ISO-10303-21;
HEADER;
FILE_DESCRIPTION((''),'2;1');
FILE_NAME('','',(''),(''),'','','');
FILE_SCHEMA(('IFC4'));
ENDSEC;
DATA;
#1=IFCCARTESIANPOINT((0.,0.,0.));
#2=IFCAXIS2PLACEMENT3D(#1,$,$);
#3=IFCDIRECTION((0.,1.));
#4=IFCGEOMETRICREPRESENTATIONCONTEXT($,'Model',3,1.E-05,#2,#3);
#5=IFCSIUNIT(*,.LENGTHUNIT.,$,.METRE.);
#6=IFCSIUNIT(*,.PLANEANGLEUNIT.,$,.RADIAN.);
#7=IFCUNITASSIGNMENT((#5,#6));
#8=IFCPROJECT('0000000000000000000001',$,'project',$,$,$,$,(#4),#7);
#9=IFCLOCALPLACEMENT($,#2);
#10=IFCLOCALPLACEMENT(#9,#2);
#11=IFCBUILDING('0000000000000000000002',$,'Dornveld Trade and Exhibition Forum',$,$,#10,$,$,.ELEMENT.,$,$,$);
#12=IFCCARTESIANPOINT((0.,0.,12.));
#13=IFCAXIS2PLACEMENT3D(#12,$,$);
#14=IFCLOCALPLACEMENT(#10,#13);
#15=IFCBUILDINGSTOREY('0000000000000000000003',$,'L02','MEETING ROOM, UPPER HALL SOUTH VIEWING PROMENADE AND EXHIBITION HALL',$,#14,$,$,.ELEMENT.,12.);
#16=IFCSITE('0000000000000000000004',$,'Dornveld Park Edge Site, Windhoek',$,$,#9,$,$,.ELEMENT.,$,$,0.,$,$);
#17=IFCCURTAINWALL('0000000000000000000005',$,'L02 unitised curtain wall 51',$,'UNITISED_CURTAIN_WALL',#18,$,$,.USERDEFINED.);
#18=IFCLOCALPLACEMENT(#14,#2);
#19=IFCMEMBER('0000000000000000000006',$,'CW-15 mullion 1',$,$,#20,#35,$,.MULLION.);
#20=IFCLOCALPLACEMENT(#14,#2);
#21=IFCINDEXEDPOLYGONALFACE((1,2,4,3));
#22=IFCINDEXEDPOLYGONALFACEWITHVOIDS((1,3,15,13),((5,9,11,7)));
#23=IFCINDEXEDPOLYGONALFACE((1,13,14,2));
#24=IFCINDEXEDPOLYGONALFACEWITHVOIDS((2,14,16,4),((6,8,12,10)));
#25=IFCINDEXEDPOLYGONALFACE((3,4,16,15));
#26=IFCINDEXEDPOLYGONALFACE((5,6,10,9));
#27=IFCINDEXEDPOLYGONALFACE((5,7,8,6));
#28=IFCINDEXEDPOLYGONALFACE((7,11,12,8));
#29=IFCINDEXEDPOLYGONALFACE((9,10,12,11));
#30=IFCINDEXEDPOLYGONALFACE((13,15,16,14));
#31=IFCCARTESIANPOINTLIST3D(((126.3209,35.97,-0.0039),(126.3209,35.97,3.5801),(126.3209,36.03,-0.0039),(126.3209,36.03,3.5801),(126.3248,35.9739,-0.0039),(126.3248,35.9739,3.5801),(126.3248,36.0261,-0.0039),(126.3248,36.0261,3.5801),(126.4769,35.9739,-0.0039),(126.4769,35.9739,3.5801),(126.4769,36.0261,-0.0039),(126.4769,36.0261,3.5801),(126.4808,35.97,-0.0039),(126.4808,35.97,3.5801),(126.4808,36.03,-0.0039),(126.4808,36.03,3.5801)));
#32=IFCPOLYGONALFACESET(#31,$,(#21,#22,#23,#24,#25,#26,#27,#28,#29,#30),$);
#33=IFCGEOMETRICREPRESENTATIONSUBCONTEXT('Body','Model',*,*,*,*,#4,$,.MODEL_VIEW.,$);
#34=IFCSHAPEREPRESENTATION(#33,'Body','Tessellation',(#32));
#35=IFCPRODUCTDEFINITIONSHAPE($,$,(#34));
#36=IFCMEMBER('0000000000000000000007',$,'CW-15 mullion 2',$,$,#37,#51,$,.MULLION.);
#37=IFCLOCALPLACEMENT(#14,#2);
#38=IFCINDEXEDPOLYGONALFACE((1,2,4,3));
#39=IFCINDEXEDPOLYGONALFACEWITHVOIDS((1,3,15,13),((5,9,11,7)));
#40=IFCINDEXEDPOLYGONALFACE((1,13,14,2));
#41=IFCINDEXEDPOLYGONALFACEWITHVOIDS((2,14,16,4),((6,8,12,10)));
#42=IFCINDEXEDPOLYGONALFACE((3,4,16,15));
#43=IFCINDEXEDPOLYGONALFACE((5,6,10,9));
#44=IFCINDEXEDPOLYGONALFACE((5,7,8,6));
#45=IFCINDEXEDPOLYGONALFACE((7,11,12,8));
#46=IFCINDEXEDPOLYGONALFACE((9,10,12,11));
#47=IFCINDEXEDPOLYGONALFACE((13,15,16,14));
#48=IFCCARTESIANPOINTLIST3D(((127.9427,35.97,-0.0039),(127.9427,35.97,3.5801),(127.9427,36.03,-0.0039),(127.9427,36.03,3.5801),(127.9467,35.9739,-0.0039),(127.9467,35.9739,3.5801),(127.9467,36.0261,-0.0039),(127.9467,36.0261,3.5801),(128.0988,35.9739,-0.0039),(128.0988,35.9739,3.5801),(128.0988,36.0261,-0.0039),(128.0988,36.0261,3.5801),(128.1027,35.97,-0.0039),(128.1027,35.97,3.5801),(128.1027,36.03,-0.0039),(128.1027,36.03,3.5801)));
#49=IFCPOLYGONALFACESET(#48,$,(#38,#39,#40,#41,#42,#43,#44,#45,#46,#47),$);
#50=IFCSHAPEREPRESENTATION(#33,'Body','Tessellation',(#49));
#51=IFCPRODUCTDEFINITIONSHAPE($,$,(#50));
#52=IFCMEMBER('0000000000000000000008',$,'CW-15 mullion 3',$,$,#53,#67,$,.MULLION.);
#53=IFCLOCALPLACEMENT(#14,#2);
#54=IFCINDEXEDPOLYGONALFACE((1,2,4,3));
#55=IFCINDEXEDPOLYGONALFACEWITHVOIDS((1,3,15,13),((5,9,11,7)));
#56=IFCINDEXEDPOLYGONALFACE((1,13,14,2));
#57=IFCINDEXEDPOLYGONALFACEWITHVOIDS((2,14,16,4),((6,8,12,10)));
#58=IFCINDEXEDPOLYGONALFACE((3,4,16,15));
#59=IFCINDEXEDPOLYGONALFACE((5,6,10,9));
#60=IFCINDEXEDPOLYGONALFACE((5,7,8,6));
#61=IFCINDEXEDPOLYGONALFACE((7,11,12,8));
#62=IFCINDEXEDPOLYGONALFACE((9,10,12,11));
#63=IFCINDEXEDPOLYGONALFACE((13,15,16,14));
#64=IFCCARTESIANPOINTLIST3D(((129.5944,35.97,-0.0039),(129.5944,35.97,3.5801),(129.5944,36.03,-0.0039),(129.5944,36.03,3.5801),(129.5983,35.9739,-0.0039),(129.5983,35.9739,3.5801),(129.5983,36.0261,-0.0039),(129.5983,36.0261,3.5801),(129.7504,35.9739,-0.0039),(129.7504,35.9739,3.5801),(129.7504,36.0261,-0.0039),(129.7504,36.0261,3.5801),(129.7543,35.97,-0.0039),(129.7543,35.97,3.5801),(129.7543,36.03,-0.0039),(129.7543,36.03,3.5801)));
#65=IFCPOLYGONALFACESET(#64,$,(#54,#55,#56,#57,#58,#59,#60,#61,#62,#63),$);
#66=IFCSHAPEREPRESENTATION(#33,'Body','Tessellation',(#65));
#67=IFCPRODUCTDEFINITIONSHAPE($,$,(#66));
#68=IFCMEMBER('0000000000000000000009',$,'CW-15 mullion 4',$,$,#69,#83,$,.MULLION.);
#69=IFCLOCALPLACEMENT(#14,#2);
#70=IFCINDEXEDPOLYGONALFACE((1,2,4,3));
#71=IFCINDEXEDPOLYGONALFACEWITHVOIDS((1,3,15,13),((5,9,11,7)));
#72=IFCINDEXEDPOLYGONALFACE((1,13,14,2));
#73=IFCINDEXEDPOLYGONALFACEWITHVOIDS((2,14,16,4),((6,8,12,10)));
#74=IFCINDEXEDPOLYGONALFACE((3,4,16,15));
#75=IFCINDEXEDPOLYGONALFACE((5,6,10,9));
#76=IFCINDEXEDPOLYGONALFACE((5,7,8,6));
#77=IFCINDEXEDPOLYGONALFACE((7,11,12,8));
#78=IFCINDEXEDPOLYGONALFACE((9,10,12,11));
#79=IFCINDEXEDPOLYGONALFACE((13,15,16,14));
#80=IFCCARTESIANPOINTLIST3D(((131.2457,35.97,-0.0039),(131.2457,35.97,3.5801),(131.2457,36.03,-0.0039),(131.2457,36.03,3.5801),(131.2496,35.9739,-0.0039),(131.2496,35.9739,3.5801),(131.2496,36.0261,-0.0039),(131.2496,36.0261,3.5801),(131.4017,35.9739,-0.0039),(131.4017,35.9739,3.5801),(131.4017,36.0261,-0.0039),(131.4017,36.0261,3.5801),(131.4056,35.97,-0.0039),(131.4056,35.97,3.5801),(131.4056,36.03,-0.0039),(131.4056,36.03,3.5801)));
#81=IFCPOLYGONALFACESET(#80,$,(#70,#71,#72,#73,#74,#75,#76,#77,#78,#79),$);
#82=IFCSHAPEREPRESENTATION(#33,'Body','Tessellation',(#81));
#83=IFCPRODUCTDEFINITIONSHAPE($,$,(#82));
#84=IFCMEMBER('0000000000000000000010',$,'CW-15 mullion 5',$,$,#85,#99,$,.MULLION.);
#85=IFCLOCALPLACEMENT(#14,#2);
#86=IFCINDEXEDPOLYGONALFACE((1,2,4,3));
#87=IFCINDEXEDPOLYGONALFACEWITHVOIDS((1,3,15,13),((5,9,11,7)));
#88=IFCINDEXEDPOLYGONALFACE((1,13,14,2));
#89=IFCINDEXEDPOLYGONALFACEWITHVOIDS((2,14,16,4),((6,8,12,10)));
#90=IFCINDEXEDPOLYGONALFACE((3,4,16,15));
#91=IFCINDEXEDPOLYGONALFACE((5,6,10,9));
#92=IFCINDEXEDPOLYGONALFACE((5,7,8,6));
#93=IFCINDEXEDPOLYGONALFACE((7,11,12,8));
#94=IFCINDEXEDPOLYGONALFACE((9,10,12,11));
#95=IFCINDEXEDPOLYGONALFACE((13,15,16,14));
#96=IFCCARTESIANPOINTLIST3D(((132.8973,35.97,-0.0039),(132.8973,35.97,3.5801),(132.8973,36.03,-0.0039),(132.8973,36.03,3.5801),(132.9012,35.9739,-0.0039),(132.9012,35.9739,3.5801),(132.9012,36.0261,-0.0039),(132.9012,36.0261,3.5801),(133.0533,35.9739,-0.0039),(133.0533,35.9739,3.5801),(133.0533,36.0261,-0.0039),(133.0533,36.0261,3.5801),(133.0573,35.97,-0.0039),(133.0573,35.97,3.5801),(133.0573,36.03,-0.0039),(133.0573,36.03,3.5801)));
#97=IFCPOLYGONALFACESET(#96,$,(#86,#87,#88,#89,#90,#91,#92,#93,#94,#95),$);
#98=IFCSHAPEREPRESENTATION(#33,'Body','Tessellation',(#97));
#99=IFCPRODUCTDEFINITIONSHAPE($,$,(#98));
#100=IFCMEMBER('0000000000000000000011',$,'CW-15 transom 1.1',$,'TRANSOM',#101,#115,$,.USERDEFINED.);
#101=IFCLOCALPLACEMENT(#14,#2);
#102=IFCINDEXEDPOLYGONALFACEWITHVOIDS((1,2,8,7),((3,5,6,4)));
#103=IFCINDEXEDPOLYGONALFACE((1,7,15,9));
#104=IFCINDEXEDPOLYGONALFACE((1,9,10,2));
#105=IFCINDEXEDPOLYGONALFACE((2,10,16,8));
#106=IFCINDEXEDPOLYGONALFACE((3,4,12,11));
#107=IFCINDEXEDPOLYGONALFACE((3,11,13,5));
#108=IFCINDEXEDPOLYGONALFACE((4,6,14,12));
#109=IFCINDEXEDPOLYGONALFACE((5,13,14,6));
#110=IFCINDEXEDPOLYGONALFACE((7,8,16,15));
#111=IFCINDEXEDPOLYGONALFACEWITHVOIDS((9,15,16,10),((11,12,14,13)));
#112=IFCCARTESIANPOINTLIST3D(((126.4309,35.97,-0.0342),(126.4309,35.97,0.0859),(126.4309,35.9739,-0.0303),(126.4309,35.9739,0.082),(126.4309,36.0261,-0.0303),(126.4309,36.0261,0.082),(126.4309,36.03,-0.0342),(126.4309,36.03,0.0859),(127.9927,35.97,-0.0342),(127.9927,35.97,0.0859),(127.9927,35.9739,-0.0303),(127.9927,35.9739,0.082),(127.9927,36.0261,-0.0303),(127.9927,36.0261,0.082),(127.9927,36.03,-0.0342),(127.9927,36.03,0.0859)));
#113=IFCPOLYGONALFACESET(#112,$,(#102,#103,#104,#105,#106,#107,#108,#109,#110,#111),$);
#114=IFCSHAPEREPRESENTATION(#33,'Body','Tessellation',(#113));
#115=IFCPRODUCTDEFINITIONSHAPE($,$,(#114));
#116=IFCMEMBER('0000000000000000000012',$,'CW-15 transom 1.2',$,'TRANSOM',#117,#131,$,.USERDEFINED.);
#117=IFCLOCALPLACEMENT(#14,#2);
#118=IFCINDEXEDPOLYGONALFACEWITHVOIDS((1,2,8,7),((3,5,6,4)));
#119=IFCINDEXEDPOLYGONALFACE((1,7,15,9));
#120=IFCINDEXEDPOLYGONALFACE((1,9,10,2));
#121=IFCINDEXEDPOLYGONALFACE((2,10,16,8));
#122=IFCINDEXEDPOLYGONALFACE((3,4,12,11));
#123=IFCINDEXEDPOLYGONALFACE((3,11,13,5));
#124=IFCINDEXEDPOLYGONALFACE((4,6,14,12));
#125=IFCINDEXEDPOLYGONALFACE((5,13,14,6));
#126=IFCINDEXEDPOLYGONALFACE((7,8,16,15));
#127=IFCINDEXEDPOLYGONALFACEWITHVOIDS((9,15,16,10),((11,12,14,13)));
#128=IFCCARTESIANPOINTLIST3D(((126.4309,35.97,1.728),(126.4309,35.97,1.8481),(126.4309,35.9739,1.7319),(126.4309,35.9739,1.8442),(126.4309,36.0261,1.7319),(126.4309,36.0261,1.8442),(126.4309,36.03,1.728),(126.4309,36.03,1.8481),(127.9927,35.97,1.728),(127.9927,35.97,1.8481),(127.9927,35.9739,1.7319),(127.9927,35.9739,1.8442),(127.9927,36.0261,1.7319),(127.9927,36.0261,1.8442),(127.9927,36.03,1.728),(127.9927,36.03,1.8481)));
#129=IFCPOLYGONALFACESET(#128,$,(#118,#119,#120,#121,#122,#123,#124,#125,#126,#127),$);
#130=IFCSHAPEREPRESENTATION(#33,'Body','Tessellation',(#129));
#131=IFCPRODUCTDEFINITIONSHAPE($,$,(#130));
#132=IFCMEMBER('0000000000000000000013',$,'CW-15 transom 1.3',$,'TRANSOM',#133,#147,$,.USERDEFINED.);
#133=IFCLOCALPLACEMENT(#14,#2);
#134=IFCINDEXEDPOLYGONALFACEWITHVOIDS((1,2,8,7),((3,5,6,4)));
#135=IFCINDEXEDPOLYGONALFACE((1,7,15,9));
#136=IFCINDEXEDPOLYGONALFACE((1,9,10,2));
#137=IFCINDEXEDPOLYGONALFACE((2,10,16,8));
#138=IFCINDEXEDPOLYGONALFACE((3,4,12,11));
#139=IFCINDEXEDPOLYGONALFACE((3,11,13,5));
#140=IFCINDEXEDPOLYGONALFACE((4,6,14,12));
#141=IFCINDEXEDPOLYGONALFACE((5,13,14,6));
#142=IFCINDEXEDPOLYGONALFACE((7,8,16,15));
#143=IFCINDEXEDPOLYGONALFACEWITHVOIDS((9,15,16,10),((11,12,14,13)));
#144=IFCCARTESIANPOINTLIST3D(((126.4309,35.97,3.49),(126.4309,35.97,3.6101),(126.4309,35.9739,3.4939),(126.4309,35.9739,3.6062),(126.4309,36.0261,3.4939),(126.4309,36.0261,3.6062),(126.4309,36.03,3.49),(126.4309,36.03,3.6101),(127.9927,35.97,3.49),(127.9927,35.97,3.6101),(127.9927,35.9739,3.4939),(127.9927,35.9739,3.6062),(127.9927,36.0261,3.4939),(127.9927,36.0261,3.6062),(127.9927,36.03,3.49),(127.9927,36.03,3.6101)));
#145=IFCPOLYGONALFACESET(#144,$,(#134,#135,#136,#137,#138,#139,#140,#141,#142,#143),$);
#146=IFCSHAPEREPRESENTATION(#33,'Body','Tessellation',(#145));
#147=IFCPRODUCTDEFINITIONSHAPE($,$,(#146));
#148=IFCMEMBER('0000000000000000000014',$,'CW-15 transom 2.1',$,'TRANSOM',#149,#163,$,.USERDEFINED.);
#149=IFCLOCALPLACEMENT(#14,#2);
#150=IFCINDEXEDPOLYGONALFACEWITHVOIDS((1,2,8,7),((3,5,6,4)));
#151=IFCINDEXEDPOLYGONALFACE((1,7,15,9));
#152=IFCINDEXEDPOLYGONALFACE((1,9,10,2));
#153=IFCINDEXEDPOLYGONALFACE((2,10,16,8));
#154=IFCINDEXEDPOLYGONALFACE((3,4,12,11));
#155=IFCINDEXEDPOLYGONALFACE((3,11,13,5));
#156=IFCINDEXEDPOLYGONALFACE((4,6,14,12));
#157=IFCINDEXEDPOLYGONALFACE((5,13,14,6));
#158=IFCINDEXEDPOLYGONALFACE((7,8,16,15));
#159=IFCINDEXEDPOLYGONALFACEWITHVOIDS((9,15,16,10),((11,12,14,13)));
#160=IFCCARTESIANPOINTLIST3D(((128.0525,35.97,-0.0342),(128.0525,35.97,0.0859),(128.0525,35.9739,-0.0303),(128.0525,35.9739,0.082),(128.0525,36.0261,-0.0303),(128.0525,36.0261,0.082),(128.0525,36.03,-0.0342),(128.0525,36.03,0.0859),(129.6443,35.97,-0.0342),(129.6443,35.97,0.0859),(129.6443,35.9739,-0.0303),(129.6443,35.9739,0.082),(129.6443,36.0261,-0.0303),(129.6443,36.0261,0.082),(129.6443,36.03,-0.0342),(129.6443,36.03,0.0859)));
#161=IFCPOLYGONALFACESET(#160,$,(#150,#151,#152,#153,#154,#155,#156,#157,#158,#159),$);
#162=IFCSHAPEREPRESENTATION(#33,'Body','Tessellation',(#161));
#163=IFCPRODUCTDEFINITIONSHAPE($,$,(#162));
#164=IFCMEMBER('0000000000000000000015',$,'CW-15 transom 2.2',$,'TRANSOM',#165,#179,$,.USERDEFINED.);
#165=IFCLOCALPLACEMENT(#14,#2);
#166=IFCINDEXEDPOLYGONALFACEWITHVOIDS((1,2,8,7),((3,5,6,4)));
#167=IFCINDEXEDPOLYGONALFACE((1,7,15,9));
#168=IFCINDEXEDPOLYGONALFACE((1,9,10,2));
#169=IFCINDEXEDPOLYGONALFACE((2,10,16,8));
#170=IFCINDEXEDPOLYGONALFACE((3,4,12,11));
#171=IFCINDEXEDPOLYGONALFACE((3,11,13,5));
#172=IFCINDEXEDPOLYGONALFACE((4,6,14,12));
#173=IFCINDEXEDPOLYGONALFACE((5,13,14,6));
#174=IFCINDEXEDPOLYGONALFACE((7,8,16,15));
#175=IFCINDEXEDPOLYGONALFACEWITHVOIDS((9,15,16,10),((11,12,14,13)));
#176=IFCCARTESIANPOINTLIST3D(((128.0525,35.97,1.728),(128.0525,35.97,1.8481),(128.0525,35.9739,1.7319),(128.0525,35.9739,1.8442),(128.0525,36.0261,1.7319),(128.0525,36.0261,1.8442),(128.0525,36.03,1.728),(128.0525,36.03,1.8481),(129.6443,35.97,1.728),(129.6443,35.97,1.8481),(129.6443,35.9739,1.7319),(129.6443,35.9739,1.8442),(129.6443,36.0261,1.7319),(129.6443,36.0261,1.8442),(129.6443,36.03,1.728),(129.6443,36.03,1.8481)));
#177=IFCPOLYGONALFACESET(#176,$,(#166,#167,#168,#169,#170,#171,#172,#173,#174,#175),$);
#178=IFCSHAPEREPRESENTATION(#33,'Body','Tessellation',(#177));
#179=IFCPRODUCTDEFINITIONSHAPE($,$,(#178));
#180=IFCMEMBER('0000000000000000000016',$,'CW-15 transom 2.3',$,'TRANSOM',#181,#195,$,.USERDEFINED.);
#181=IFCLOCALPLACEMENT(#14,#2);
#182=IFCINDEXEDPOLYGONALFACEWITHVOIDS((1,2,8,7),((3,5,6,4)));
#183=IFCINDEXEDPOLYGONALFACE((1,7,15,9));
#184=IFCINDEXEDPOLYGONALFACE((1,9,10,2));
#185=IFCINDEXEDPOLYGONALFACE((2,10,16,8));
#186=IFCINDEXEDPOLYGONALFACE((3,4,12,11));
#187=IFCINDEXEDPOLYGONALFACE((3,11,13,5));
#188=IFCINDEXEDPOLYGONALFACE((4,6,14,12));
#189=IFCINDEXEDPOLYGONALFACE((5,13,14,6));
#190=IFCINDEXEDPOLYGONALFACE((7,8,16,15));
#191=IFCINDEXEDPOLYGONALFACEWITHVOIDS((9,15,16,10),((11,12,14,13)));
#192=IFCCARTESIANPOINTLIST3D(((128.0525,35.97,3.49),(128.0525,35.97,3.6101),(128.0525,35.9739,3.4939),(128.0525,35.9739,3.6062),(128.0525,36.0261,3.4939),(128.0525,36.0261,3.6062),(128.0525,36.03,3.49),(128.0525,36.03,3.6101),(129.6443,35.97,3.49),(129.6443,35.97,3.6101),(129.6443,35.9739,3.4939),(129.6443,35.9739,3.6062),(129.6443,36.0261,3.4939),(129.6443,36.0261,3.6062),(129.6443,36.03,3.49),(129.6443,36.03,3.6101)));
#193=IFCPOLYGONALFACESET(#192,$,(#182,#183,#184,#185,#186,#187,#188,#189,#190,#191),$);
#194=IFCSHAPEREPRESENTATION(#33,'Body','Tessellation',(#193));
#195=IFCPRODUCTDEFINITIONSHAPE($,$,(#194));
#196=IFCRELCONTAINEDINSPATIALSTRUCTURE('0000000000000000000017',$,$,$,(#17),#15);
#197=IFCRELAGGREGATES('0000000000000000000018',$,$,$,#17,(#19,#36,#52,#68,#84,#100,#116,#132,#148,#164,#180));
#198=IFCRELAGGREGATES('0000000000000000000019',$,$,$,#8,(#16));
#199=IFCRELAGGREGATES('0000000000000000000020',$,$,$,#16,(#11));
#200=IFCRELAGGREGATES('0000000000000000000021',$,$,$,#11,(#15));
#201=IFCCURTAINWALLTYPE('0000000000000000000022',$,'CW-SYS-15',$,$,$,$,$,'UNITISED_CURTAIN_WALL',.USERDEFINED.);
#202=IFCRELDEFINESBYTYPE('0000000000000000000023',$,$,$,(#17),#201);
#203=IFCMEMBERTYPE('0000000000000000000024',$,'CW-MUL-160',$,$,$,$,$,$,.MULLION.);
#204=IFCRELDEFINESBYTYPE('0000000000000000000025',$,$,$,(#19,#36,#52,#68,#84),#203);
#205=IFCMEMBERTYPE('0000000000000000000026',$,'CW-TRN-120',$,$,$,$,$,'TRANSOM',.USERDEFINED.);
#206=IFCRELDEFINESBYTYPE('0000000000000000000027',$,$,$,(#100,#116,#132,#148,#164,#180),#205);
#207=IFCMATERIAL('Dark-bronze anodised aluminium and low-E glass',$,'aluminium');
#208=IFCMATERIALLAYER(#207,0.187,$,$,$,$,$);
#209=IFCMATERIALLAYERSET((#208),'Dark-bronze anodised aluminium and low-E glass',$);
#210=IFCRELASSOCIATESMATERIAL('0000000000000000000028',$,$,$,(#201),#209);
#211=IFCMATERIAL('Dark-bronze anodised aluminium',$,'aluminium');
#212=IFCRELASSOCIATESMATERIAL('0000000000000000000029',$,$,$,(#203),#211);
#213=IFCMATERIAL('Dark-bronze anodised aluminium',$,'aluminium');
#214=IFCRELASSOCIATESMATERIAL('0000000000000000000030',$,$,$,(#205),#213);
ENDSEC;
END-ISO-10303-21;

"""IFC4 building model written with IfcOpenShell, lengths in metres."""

from ifc_helpers import new_model, si_unit, direction, frame, origin, origin_2d, place, context, subcontext, project, spatial, hollow_rectangle, extrude, material, layer, layer_set, material_profile, profile_set, type_object, element, aggregate, save


model = new_model("IFC4")

# Units and contexts
model_context = context("Model", 3, precision=1e-05, world=origin(), true_north=direction((0.0, 1.0)))
body_context = subcontext(model_context, "Body", "Model", "MODEL_VIEW")
ifc_project = project(units=[si_unit("LENGTHUNIT", "METRE"), si_unit("PLANEANGLEUNIT", "RADIAN")], contexts=[model_context])

# Site, building, storey
site_placement = place(None, origin())
site = spatial("IfcSite", under=ifc_project, at=site_placement, Name="Dornveld Park Edge Site, Windhoek", CompositionType="ELEMENT", RefElevation=0.0)
building_placement = place(site_placement, origin())
building = spatial("IfcBuilding", under=site, at=building_placement, Name="Dornveld Trade and Exhibition Forum", CompositionType="ELEMENT")
storey_placement = place(building_placement, frame((0.0, 0.0, 12.0)))
storey = spatial("IfcBuildingStorey", under=building, at=storey_placement, Name="L02", Description="MEETING ROOM, UPPER HALL SOUTH VIEWING PROMENADE AND EXHIBITION HALL", CompositionType="ELEMENT", Elevation=12.0)

# Curtain wall, members
ifc_material_1 = material(Name="Dark-bronze anodised aluminium and low-E glass", Category="aluminium")
ifc_layer_1 = layer(ifc_material_1, 0.187)
ifc_layer_set_1 = layer_set([ifc_layer_1], Name="Dark-bronze anodised aluminium and low-E glass")
curtain_wall_type = type_object("IfcCurtainWallType", Name="CW-SYS-15", ElementType="UNITISED_CURTAIN_WALL", PredefinedType="USERDEFINED", material=ifc_layer_set_1)
curtain_wall_placement = place(storey_placement, origin())
curtain_wall = element("IfcCurtainWall", 1, at=curtain_wall_placement, inside=storey, type_object=curtain_wall_type, Name="L02 unitised curtain wall 51", ObjectType="UNITISED_CURTAIN_WALL", PredefinedType="USERDEFINED")
ifc_material_2 = material(Name="Dark-bronze anodised aluminium", Category="aluminium")
ifc_material_profile_1 = material_profile(ifc_material_2, hollow_rectangle(XDim=0.0601, YDim=0.1599, WallThickness=0.0039, at=origin_2d()), Name="RHS 160x60x4")
ifc_profile_set_1 = profile_set([ifc_material_profile_1], Name="Dark-bronze anodised aluminium")
member_type_1 = type_object("IfcMemberType", Name="CW-MUL-160", PredefinedType="MULLION", material=ifc_profile_set_1)
member_1_placement = place(storey_placement, frame((126.4009, 36.0, -0.0039), z_axis=(0.0, 0.0, 1.0), x_axis=(0.0, 1.0, 0.0)))
member_1 = element("IfcMember", 2, at=member_1_placement, type_object=member_type_1, Name="CW-15 mullion 1", PredefinedType="MULLION", context=body_context, shape_type="SweptSolid", body=[
    extrude(hollow_rectangle(XDim=0.0601, YDim=0.1599, WallThickness=0.0039, at=origin_2d()), origin(), (0.0, 0.0, 1.0), 3.584),
])
member_2_placement = place(storey_placement, frame((128.0227, 36.0, -0.0039), z_axis=(0.0, 0.0, 1.0), x_axis=(0.0, 1.0, 0.0)))
member_2 = element("IfcMember", 3, at=member_2_placement, type_object=member_type_1, Name="CW-15 mullion 2", PredefinedType="MULLION", context=body_context, shape_type="SweptSolid", body=[
    extrude(hollow_rectangle(XDim=0.0601, YDim=0.1599, WallThickness=0.0039, at=origin_2d()), origin(), (0.0, 0.0, 1.0), 3.584),
])
member_3_placement = place(storey_placement, frame((129.6743, 36.0, -0.0039), z_axis=(0.0, 0.0, 1.0), x_axis=(0.0, 1.0, 0.0)))
member_3 = element("IfcMember", 4, at=member_3_placement, type_object=member_type_1, Name="CW-15 mullion 3", PredefinedType="MULLION", context=body_context, shape_type="SweptSolid", body=[
    extrude(hollow_rectangle(XDim=0.0601, YDim=0.1599, WallThickness=0.0039, at=origin_2d()), origin(), (0.0, 0.0, 1.0), 3.584),
])
member_4_placement = place(storey_placement, frame((131.3257, 36.0, -0.0039), z_axis=(0.0, 0.0, 1.0), x_axis=(0.0, 1.0, 0.0)))
member_4 = element("IfcMember", 5, at=member_4_placement, type_object=member_type_1, Name="CW-15 mullion 4", PredefinedType="MULLION", context=body_context, shape_type="SweptSolid", body=[
    extrude(hollow_rectangle(XDim=0.0601, YDim=0.1599, WallThickness=0.0039, at=origin_2d()), origin(), (0.0, 0.0, 1.0), 3.584),
])
member_5_placement = place(storey_placement, frame((132.9773, 36.0, -0.0039), z_axis=(0.0, 0.0, 1.0), x_axis=(0.0, 1.0, 0.0)))
member_5 = element("IfcMember", 6, at=member_5_placement, type_object=member_type_1, Name="CW-15 mullion 5", PredefinedType="MULLION", context=body_context, shape_type="SweptSolid", body=[
    extrude(hollow_rectangle(XDim=0.0601, YDim=0.1599, WallThickness=0.0039, at=origin_2d()), origin(), (0.0, 0.0, 1.0), 3.584),
])
ifc_material_3 = material(Name="Dark-bronze anodised aluminium", Category="aluminium")
ifc_material_profile_2 = material_profile(ifc_material_3, hollow_rectangle(XDim=0.0601, YDim=0.1201, WallThickness=0.0039, at=origin_2d()), Name="RHS 120x60x4")
ifc_profile_set_2 = profile_set([ifc_material_profile_2], Name="Dark-bronze anodised aluminium")
member_type_2 = type_object("IfcMemberType", Name="CW-TRN-120", ElementType="TRANSOM", PredefinedType="USERDEFINED", material=ifc_profile_set_2)
member_6_placement = place(storey_placement, frame((126.4309, 36.0, 0.0259), z_axis=(1.0, 0.0, 0.0), x_axis=(0.0, 1.0, 0.0)))
member_6 = element("IfcMember", 7, at=member_6_placement, type_object=member_type_2, Name="CW-15 transom 1.1", ObjectType="TRANSOM", PredefinedType="USERDEFINED", context=body_context, shape_type="SweptSolid", body=[
    extrude(hollow_rectangle(XDim=0.0601, YDim=0.1201, WallThickness=0.0039, at=origin_2d()), origin(), (0.0, 0.0, 1.0), 1.5618),
])
member_7_placement = place(storey_placement, frame((126.4309, 36.0, 1.7881), z_axis=(1.0, 0.0, 0.0), x_axis=(0.0, 1.0, 0.0)))
member_7 = element("IfcMember", 8, at=member_7_placement, type_object=member_type_2, Name="CW-15 transom 1.2", ObjectType="TRANSOM", PredefinedType="USERDEFINED", context=body_context, shape_type="SweptSolid", body=[
    extrude(hollow_rectangle(XDim=0.0601, YDim=0.1201, WallThickness=0.0039, at=origin_2d()), origin(), (0.0, 0.0, 1.0), 1.5618),
])
member_8_placement = place(storey_placement, frame((126.4309, 36.0, 3.55), z_axis=(1.0, 0.0, 0.0), x_axis=(0.0, 1.0, 0.0)))
member_8 = element("IfcMember", 9, at=member_8_placement, type_object=member_type_2, Name="CW-15 transom 1.3", ObjectType="TRANSOM", PredefinedType="USERDEFINED", context=body_context, shape_type="SweptSolid", body=[
    extrude(hollow_rectangle(XDim=0.0601, YDim=0.1201, WallThickness=0.0039, at=origin_2d()), origin(), (0.0, 0.0, 1.0), 1.5618),
])
member_9_placement = place(storey_placement, frame((128.0525, 36.0, 0.0259), z_axis=(1.0, 0.0, 0.0), x_axis=(0.0, 1.0, 0.0)))
member_9 = element("IfcMember", 10, at=member_9_placement, type_object=member_type_2, Name="CW-15 transom 2.1", ObjectType="TRANSOM", PredefinedType="USERDEFINED", context=body_context, shape_type="SweptSolid", body=[
    extrude(hollow_rectangle(XDim=0.0601, YDim=0.1201, WallThickness=0.0039, at=origin_2d()), origin(), (0.0, 0.0, 1.0), 1.5918),
])
member_10_placement = place(storey_placement, frame((128.0525, 36.0, 1.7881), z_axis=(1.0, 0.0, 0.0), x_axis=(0.0, 1.0, 0.0)))
member_10 = element("IfcMember", 11, at=member_10_placement, type_object=member_type_2, Name="CW-15 transom 2.2", ObjectType="TRANSOM", PredefinedType="USERDEFINED", context=body_context, shape_type="SweptSolid", body=[
    extrude(hollow_rectangle(XDim=0.0601, YDim=0.1201, WallThickness=0.0039, at=origin_2d()), origin(), (0.0, 0.0, 1.0), 1.5918),
])
member_11_placement = place(storey_placement, frame((128.0525, 36.0, 3.55), z_axis=(1.0, 0.0, 0.0), x_axis=(0.0, 1.0, 0.0)))
member_11 = element("IfcMember", 12, at=member_11_placement, type_object=member_type_2, Name="CW-15 transom 2.3", ObjectType="TRANSOM", PredefinedType="USERDEFINED", context=body_context, shape_type="SweptSolid", body=[
    extrude(hollow_rectangle(XDim=0.0601, YDim=0.1201, WallThickness=0.0039, at=origin_2d()), origin(), (0.0, 0.0, 1.0), 1.5918),
])
aggregate(curtain_wall, [member_1, member_2, member_3, member_4, member_5, member_6, member_7, member_8, member_9, member_10, member_11])

save(model, "model.ifc")
